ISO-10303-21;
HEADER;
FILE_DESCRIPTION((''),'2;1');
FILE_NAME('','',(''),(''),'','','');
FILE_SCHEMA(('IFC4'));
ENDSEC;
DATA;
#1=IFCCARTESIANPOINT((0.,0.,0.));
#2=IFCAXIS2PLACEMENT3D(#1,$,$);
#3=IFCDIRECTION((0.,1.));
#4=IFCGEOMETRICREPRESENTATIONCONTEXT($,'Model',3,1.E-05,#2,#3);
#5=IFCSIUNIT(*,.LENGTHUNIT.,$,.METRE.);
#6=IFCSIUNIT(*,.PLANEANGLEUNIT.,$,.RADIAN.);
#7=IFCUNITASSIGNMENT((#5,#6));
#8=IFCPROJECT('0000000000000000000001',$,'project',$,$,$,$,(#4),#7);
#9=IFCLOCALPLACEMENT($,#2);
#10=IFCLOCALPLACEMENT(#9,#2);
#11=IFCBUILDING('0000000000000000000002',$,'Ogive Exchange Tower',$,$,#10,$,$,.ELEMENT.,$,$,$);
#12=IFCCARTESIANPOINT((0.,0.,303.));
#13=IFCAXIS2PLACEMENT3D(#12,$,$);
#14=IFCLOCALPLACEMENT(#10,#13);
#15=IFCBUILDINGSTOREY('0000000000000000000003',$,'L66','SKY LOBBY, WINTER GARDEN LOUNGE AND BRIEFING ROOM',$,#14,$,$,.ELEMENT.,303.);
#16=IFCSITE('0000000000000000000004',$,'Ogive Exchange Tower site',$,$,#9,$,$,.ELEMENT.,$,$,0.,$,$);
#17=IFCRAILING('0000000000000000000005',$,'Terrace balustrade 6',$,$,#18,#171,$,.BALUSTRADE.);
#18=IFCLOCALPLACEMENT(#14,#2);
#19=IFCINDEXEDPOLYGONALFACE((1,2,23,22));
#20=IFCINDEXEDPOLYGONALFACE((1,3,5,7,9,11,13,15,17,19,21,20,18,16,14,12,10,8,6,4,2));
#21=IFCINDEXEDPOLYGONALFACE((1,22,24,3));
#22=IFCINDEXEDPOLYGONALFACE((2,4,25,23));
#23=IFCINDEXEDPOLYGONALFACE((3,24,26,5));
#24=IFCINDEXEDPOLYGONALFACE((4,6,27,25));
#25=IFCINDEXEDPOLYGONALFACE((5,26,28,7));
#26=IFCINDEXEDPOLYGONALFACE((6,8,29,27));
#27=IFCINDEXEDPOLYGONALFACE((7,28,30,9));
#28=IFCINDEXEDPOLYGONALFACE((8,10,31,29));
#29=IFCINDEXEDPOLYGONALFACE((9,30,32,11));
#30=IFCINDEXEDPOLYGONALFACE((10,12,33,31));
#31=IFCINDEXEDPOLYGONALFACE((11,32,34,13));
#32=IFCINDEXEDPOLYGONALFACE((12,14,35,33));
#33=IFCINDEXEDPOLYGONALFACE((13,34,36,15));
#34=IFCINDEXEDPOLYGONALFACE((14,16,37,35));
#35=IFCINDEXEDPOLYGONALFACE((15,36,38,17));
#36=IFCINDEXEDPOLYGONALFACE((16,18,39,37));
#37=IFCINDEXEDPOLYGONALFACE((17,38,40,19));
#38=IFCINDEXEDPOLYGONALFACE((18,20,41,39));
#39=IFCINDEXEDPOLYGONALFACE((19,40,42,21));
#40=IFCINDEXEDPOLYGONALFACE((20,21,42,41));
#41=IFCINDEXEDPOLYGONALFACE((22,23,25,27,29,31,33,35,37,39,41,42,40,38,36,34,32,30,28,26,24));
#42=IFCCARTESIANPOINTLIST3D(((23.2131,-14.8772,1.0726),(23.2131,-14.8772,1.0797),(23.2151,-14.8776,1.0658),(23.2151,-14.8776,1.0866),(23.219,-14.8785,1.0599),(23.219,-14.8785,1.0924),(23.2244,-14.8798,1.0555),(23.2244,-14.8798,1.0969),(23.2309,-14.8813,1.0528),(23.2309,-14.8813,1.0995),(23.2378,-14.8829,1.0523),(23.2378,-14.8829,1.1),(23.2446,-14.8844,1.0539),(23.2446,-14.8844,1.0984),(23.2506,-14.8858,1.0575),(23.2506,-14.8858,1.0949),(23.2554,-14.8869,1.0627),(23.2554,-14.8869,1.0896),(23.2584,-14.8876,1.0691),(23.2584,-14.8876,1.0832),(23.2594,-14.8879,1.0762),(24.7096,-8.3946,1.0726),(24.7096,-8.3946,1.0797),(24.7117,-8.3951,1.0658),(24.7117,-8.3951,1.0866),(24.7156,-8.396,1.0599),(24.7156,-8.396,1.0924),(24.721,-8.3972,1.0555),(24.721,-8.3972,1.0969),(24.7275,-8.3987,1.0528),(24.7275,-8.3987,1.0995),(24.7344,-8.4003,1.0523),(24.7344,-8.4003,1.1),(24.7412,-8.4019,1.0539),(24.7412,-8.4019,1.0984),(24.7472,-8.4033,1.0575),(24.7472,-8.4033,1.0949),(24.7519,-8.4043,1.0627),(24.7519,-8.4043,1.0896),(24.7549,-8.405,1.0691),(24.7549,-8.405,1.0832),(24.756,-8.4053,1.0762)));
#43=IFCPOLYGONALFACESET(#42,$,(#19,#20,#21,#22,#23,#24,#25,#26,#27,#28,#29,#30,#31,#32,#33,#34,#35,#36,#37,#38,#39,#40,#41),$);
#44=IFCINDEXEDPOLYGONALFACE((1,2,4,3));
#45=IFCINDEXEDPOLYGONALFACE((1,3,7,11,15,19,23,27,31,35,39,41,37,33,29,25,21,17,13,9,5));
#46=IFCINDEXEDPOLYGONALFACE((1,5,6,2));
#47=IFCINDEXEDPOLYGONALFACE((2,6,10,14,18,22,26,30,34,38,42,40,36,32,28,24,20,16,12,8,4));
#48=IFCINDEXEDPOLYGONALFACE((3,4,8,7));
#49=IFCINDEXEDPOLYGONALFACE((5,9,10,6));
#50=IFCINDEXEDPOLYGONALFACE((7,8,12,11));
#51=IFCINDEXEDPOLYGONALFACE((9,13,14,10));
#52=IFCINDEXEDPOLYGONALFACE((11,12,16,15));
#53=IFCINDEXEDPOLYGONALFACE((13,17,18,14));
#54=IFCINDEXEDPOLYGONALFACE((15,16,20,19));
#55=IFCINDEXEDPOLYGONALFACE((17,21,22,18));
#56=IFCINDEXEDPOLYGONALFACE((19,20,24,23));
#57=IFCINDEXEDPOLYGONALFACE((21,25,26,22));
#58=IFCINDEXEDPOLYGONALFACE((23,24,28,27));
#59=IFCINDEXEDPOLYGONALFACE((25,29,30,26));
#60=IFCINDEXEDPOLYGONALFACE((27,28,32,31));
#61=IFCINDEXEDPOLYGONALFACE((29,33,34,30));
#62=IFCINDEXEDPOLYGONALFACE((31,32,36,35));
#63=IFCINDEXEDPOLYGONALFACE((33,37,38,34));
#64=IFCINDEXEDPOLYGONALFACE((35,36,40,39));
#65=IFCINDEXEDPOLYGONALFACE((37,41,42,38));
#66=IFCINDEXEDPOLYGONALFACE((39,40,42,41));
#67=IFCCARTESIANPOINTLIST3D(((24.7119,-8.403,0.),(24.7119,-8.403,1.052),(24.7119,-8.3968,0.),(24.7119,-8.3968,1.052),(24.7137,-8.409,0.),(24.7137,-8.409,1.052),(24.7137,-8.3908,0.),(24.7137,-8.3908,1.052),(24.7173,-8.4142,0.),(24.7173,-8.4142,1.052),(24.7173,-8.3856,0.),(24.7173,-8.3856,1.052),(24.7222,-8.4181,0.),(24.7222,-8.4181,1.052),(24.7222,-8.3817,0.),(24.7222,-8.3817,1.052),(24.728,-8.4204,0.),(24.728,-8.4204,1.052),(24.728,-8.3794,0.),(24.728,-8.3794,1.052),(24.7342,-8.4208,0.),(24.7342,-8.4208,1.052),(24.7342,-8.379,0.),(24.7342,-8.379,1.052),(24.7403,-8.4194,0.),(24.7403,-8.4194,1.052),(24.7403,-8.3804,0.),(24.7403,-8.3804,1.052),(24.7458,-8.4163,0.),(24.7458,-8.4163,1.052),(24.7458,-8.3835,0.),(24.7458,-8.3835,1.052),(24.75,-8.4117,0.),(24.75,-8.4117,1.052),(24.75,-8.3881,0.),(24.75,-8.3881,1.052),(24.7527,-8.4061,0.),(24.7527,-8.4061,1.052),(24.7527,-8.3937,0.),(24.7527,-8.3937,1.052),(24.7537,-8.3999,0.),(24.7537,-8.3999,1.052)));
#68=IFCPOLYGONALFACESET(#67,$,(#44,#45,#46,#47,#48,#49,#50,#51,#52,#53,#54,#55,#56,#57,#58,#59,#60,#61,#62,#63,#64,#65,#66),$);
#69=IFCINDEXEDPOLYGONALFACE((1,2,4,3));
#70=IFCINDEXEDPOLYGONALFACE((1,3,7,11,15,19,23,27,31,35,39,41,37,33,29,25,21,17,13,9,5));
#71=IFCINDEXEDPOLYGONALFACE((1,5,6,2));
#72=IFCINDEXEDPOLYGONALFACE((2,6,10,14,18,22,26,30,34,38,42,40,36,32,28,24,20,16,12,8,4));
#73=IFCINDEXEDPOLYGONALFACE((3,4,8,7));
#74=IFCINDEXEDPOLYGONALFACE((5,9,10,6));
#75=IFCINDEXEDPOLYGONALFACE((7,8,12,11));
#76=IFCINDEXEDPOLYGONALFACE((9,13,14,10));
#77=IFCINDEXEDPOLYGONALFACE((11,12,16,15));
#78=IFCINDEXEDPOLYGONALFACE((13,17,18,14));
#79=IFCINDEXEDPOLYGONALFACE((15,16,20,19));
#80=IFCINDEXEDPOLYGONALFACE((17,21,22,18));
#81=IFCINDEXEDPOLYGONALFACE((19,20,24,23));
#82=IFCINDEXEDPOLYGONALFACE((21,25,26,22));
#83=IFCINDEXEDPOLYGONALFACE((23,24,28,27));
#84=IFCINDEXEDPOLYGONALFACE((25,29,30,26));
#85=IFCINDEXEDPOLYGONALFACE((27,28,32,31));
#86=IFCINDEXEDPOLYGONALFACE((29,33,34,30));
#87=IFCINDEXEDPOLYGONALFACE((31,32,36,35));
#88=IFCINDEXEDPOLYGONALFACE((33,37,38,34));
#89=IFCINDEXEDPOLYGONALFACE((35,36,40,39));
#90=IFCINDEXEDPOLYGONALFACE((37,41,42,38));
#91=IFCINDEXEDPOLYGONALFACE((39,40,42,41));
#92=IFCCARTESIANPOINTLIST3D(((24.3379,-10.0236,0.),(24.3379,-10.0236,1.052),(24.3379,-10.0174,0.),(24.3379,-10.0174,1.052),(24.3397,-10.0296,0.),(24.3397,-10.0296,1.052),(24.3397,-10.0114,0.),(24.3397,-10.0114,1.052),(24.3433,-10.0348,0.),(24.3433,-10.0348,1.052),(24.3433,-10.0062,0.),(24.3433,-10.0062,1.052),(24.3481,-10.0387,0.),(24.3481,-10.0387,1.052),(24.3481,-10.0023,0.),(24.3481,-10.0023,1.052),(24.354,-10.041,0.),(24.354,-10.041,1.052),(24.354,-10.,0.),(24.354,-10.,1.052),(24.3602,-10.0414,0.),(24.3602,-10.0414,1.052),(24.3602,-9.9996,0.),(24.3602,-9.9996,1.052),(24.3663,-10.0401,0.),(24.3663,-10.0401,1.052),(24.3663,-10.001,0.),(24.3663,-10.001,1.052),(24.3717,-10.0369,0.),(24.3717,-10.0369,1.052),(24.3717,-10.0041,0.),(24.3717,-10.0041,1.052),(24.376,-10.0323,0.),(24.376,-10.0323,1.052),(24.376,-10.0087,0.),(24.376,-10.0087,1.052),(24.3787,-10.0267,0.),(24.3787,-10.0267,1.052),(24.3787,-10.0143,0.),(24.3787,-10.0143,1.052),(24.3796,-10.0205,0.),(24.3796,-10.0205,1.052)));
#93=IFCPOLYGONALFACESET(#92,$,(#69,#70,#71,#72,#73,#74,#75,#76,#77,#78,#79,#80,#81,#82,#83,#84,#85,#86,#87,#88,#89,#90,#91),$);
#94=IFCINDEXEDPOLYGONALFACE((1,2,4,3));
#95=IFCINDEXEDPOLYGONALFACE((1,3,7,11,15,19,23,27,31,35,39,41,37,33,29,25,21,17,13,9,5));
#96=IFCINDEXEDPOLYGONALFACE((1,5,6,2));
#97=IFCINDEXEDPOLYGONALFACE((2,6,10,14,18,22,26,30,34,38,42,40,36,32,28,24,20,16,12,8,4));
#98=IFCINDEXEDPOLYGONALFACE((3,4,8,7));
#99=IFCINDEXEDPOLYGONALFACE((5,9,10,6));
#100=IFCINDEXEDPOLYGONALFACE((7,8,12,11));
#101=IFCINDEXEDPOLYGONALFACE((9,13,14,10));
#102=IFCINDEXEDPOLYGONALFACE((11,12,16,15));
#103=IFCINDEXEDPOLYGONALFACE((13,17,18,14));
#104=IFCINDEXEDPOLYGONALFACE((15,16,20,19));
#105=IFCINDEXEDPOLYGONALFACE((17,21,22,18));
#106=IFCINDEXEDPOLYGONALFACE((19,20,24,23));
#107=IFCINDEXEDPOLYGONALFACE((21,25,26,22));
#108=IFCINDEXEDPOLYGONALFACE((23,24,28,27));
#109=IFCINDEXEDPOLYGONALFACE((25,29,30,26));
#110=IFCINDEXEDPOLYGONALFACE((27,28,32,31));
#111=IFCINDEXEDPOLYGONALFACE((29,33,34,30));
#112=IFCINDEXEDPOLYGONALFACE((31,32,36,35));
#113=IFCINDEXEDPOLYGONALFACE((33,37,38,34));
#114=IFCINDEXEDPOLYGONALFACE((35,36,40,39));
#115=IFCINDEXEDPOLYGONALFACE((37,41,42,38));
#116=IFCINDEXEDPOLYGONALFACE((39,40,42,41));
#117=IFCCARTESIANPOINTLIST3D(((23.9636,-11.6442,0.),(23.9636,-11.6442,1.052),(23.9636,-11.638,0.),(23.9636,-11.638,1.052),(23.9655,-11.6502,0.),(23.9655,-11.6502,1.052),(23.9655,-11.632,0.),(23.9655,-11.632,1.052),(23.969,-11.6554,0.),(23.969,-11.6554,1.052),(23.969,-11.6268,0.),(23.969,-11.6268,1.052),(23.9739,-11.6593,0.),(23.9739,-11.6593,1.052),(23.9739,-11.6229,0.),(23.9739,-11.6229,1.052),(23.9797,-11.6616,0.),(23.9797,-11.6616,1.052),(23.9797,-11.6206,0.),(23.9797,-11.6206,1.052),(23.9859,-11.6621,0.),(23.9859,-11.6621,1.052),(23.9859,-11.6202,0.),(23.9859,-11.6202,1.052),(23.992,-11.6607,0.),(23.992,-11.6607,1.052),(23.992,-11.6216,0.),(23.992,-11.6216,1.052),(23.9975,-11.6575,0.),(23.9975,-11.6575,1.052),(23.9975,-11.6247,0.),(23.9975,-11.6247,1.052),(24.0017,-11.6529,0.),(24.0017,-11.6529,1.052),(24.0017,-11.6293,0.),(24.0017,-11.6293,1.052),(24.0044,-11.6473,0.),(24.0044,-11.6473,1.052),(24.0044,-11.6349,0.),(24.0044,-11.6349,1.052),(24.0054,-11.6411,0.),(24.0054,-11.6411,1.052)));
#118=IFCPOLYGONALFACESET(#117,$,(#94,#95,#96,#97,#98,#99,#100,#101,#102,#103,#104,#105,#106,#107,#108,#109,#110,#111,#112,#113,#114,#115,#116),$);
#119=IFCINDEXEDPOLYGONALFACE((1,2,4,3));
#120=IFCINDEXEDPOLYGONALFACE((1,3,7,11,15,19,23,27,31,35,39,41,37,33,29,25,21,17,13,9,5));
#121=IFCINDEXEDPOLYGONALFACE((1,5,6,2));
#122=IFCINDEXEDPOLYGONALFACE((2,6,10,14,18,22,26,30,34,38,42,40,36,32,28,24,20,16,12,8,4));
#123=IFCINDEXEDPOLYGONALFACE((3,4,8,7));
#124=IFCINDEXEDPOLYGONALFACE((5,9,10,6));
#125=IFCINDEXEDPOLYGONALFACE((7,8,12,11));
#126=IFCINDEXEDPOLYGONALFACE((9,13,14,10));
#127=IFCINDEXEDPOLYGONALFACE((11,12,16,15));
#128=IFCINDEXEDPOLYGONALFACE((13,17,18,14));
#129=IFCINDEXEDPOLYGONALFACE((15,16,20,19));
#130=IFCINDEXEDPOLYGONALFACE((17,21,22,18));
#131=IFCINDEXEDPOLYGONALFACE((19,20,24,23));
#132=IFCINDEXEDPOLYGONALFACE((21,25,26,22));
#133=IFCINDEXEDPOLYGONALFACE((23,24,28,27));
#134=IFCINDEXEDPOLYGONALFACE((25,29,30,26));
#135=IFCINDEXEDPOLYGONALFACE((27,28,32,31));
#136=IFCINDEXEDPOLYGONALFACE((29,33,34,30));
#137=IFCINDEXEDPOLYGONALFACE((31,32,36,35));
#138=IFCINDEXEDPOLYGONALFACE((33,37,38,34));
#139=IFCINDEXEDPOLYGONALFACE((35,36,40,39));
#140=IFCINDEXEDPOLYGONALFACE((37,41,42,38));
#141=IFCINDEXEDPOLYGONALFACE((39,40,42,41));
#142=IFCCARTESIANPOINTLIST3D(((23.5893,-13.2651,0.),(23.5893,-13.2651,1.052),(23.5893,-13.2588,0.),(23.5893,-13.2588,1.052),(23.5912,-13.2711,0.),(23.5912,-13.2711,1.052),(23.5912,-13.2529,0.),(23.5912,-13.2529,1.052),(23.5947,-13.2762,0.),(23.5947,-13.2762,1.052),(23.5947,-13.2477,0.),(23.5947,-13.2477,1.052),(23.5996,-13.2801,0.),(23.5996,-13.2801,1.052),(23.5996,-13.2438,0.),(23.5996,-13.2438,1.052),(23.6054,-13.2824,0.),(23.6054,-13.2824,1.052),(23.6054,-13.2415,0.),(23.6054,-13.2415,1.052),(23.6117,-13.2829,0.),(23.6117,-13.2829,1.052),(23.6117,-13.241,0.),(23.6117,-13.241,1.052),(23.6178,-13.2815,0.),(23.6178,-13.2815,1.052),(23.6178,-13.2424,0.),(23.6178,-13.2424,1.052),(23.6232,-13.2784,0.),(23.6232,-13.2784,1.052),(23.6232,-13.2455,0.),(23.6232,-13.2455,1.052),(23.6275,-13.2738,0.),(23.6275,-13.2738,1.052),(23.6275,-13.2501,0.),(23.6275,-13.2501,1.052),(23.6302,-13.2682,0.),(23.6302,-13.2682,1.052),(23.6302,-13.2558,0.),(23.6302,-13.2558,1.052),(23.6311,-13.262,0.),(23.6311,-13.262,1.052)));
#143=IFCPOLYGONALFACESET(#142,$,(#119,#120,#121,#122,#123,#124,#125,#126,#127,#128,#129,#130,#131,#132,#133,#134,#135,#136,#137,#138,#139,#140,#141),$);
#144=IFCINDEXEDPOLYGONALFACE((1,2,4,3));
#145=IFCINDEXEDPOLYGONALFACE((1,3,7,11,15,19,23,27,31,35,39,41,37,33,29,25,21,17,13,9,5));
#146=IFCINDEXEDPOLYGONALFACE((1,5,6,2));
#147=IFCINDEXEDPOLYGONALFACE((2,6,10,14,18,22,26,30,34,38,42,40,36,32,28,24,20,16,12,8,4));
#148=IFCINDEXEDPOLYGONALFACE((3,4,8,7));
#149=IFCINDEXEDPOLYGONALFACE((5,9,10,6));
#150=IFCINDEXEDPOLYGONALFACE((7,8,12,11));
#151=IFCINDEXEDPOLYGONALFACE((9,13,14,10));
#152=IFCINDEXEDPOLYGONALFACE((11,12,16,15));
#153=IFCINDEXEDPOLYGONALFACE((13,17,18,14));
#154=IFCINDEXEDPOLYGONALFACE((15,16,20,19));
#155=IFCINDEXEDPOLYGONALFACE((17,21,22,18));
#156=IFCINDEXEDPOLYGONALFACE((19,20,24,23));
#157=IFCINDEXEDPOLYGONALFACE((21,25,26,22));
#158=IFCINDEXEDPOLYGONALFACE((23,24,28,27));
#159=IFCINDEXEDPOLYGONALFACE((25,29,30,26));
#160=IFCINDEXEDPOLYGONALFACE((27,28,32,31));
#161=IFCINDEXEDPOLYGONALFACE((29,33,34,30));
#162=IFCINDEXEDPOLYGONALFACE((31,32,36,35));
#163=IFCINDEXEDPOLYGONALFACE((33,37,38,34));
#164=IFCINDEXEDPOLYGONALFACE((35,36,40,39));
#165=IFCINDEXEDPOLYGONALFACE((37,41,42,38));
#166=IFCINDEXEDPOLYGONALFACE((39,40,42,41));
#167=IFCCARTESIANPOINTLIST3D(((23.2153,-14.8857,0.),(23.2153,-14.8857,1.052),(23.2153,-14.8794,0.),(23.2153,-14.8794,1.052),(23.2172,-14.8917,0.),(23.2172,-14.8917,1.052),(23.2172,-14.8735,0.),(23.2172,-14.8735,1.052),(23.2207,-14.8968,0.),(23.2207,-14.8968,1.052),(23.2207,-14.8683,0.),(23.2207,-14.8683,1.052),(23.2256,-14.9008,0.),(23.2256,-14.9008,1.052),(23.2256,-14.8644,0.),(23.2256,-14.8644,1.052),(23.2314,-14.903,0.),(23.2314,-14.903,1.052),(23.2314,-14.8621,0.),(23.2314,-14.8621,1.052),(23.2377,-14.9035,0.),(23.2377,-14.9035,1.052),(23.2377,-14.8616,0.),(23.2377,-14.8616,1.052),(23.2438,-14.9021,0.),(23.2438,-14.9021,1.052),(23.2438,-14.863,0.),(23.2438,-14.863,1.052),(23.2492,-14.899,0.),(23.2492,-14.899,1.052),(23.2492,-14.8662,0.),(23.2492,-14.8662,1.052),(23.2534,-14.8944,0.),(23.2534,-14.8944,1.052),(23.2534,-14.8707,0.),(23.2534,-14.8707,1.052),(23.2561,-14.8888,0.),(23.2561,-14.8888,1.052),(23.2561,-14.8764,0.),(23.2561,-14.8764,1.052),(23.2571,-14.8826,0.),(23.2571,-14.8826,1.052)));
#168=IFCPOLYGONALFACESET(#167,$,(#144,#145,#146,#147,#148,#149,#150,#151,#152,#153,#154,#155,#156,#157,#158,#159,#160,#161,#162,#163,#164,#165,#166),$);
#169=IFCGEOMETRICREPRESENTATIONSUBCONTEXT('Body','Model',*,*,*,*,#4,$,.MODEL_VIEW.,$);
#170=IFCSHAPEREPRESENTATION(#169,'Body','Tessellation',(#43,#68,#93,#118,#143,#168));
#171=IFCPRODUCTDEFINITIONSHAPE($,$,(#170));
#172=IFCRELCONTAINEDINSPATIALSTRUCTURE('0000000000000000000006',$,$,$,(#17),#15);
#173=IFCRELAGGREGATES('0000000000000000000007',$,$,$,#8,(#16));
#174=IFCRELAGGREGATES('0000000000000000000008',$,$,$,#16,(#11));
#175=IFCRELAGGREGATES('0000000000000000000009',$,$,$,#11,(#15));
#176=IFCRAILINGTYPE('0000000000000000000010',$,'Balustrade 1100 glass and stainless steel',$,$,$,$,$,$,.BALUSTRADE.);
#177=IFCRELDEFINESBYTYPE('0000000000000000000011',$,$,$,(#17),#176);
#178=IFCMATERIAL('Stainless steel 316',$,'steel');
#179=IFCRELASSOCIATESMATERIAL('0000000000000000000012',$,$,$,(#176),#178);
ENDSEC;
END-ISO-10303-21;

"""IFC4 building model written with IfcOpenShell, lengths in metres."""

from ifc_helpers import new_model, si_unit, direction, frame, origin, origin_2d, place, context, subcontext, project, spatial, circle, extrude, material, type_object, element, save


model = new_model("IFC4")

# Units and contexts
model_context = context("Model", 3, precision=1e-05, world=origin(), true_north=direction((0.0, 1.0)))
body_context = subcontext(model_context, "Body", "Model", "MODEL_VIEW")
ifc_project = project(units=[si_unit("LENGTHUNIT", "METRE"), si_unit("PLANEANGLEUNIT", "RADIAN")], contexts=[model_context])

# Site, building, storey
site_placement = place(None, origin())
site = spatial("IfcSite", under=ifc_project, at=site_placement, Name="Ogive Exchange Tower site", CompositionType="ELEMENT", RefElevation=0.0)
building_placement = place(site_placement, origin())
building = spatial("IfcBuilding", under=site, at=building_placement, Name="Ogive Exchange Tower", CompositionType="ELEMENT")
storey_placement = place(building_placement, frame((0.0, 0.0, 303.0)))
storey = spatial("IfcBuildingStorey", under=building, at=storey_placement, Name="L66", Description="SKY LOBBY, WINTER GARDEN LOUNGE AND BRIEFING ROOM", CompositionType="ELEMENT", Elevation=303.0)

# Railing
ifc_material_1 = material(Name="Stainless steel 316", Category="steel")
railing_type_1 = type_object("IfcRailingType", Name="Balustrade 1100 glass and stainless steel", PredefinedType="BALUSTRADE", material=ifc_material_1)
railing_1_placement = place(storey_placement, frame((24.7327, -8.3999, 0.0)))
element("IfcRailing", 1, at=railing_1_placement, inside=storey, type_object=railing_type_1, Name="Terrace balustrade 6", PredefinedType="BALUSTRADE", context=body_context, shape_type="SweptSolid", body=[
    extrude(circle(Radius=0.0239, at=origin_2d()), frame((0.0, 0.0, 1.0762), z_axis=(-0.224943, -0.974372, 0.0), x_axis=(0.974372, -0.224943, 0.0)), (0.0, 0.0, 1.0), 6.6531),
    extrude(circle(Radius=0.021, at=origin_2d()), origin(), (0.0, 0.0, 1.0), 1.052),
    extrude(circle(Radius=0.021, at=origin_2d()), frame((-0.374, -1.6206, 0.0)), (0.0, 0.0, 1.0), 1.052),
    extrude(circle(Radius=0.021, at=origin_2d()), frame((-0.7483, -3.2412, 0.0)), (0.0, 0.0, 1.0), 1.052),
    extrude(circle(Radius=0.021, at=origin_2d()), frame((-1.1226, -4.8621, 0.0)), (0.0, 0.0, 1.0), 1.052),
    extrude(circle(Radius=0.021, at=origin_2d()), frame((-1.4966, -6.4827, 0.0)), (0.0, 0.0, 1.0), 1.052),
])

save(model, "model.ifc")
